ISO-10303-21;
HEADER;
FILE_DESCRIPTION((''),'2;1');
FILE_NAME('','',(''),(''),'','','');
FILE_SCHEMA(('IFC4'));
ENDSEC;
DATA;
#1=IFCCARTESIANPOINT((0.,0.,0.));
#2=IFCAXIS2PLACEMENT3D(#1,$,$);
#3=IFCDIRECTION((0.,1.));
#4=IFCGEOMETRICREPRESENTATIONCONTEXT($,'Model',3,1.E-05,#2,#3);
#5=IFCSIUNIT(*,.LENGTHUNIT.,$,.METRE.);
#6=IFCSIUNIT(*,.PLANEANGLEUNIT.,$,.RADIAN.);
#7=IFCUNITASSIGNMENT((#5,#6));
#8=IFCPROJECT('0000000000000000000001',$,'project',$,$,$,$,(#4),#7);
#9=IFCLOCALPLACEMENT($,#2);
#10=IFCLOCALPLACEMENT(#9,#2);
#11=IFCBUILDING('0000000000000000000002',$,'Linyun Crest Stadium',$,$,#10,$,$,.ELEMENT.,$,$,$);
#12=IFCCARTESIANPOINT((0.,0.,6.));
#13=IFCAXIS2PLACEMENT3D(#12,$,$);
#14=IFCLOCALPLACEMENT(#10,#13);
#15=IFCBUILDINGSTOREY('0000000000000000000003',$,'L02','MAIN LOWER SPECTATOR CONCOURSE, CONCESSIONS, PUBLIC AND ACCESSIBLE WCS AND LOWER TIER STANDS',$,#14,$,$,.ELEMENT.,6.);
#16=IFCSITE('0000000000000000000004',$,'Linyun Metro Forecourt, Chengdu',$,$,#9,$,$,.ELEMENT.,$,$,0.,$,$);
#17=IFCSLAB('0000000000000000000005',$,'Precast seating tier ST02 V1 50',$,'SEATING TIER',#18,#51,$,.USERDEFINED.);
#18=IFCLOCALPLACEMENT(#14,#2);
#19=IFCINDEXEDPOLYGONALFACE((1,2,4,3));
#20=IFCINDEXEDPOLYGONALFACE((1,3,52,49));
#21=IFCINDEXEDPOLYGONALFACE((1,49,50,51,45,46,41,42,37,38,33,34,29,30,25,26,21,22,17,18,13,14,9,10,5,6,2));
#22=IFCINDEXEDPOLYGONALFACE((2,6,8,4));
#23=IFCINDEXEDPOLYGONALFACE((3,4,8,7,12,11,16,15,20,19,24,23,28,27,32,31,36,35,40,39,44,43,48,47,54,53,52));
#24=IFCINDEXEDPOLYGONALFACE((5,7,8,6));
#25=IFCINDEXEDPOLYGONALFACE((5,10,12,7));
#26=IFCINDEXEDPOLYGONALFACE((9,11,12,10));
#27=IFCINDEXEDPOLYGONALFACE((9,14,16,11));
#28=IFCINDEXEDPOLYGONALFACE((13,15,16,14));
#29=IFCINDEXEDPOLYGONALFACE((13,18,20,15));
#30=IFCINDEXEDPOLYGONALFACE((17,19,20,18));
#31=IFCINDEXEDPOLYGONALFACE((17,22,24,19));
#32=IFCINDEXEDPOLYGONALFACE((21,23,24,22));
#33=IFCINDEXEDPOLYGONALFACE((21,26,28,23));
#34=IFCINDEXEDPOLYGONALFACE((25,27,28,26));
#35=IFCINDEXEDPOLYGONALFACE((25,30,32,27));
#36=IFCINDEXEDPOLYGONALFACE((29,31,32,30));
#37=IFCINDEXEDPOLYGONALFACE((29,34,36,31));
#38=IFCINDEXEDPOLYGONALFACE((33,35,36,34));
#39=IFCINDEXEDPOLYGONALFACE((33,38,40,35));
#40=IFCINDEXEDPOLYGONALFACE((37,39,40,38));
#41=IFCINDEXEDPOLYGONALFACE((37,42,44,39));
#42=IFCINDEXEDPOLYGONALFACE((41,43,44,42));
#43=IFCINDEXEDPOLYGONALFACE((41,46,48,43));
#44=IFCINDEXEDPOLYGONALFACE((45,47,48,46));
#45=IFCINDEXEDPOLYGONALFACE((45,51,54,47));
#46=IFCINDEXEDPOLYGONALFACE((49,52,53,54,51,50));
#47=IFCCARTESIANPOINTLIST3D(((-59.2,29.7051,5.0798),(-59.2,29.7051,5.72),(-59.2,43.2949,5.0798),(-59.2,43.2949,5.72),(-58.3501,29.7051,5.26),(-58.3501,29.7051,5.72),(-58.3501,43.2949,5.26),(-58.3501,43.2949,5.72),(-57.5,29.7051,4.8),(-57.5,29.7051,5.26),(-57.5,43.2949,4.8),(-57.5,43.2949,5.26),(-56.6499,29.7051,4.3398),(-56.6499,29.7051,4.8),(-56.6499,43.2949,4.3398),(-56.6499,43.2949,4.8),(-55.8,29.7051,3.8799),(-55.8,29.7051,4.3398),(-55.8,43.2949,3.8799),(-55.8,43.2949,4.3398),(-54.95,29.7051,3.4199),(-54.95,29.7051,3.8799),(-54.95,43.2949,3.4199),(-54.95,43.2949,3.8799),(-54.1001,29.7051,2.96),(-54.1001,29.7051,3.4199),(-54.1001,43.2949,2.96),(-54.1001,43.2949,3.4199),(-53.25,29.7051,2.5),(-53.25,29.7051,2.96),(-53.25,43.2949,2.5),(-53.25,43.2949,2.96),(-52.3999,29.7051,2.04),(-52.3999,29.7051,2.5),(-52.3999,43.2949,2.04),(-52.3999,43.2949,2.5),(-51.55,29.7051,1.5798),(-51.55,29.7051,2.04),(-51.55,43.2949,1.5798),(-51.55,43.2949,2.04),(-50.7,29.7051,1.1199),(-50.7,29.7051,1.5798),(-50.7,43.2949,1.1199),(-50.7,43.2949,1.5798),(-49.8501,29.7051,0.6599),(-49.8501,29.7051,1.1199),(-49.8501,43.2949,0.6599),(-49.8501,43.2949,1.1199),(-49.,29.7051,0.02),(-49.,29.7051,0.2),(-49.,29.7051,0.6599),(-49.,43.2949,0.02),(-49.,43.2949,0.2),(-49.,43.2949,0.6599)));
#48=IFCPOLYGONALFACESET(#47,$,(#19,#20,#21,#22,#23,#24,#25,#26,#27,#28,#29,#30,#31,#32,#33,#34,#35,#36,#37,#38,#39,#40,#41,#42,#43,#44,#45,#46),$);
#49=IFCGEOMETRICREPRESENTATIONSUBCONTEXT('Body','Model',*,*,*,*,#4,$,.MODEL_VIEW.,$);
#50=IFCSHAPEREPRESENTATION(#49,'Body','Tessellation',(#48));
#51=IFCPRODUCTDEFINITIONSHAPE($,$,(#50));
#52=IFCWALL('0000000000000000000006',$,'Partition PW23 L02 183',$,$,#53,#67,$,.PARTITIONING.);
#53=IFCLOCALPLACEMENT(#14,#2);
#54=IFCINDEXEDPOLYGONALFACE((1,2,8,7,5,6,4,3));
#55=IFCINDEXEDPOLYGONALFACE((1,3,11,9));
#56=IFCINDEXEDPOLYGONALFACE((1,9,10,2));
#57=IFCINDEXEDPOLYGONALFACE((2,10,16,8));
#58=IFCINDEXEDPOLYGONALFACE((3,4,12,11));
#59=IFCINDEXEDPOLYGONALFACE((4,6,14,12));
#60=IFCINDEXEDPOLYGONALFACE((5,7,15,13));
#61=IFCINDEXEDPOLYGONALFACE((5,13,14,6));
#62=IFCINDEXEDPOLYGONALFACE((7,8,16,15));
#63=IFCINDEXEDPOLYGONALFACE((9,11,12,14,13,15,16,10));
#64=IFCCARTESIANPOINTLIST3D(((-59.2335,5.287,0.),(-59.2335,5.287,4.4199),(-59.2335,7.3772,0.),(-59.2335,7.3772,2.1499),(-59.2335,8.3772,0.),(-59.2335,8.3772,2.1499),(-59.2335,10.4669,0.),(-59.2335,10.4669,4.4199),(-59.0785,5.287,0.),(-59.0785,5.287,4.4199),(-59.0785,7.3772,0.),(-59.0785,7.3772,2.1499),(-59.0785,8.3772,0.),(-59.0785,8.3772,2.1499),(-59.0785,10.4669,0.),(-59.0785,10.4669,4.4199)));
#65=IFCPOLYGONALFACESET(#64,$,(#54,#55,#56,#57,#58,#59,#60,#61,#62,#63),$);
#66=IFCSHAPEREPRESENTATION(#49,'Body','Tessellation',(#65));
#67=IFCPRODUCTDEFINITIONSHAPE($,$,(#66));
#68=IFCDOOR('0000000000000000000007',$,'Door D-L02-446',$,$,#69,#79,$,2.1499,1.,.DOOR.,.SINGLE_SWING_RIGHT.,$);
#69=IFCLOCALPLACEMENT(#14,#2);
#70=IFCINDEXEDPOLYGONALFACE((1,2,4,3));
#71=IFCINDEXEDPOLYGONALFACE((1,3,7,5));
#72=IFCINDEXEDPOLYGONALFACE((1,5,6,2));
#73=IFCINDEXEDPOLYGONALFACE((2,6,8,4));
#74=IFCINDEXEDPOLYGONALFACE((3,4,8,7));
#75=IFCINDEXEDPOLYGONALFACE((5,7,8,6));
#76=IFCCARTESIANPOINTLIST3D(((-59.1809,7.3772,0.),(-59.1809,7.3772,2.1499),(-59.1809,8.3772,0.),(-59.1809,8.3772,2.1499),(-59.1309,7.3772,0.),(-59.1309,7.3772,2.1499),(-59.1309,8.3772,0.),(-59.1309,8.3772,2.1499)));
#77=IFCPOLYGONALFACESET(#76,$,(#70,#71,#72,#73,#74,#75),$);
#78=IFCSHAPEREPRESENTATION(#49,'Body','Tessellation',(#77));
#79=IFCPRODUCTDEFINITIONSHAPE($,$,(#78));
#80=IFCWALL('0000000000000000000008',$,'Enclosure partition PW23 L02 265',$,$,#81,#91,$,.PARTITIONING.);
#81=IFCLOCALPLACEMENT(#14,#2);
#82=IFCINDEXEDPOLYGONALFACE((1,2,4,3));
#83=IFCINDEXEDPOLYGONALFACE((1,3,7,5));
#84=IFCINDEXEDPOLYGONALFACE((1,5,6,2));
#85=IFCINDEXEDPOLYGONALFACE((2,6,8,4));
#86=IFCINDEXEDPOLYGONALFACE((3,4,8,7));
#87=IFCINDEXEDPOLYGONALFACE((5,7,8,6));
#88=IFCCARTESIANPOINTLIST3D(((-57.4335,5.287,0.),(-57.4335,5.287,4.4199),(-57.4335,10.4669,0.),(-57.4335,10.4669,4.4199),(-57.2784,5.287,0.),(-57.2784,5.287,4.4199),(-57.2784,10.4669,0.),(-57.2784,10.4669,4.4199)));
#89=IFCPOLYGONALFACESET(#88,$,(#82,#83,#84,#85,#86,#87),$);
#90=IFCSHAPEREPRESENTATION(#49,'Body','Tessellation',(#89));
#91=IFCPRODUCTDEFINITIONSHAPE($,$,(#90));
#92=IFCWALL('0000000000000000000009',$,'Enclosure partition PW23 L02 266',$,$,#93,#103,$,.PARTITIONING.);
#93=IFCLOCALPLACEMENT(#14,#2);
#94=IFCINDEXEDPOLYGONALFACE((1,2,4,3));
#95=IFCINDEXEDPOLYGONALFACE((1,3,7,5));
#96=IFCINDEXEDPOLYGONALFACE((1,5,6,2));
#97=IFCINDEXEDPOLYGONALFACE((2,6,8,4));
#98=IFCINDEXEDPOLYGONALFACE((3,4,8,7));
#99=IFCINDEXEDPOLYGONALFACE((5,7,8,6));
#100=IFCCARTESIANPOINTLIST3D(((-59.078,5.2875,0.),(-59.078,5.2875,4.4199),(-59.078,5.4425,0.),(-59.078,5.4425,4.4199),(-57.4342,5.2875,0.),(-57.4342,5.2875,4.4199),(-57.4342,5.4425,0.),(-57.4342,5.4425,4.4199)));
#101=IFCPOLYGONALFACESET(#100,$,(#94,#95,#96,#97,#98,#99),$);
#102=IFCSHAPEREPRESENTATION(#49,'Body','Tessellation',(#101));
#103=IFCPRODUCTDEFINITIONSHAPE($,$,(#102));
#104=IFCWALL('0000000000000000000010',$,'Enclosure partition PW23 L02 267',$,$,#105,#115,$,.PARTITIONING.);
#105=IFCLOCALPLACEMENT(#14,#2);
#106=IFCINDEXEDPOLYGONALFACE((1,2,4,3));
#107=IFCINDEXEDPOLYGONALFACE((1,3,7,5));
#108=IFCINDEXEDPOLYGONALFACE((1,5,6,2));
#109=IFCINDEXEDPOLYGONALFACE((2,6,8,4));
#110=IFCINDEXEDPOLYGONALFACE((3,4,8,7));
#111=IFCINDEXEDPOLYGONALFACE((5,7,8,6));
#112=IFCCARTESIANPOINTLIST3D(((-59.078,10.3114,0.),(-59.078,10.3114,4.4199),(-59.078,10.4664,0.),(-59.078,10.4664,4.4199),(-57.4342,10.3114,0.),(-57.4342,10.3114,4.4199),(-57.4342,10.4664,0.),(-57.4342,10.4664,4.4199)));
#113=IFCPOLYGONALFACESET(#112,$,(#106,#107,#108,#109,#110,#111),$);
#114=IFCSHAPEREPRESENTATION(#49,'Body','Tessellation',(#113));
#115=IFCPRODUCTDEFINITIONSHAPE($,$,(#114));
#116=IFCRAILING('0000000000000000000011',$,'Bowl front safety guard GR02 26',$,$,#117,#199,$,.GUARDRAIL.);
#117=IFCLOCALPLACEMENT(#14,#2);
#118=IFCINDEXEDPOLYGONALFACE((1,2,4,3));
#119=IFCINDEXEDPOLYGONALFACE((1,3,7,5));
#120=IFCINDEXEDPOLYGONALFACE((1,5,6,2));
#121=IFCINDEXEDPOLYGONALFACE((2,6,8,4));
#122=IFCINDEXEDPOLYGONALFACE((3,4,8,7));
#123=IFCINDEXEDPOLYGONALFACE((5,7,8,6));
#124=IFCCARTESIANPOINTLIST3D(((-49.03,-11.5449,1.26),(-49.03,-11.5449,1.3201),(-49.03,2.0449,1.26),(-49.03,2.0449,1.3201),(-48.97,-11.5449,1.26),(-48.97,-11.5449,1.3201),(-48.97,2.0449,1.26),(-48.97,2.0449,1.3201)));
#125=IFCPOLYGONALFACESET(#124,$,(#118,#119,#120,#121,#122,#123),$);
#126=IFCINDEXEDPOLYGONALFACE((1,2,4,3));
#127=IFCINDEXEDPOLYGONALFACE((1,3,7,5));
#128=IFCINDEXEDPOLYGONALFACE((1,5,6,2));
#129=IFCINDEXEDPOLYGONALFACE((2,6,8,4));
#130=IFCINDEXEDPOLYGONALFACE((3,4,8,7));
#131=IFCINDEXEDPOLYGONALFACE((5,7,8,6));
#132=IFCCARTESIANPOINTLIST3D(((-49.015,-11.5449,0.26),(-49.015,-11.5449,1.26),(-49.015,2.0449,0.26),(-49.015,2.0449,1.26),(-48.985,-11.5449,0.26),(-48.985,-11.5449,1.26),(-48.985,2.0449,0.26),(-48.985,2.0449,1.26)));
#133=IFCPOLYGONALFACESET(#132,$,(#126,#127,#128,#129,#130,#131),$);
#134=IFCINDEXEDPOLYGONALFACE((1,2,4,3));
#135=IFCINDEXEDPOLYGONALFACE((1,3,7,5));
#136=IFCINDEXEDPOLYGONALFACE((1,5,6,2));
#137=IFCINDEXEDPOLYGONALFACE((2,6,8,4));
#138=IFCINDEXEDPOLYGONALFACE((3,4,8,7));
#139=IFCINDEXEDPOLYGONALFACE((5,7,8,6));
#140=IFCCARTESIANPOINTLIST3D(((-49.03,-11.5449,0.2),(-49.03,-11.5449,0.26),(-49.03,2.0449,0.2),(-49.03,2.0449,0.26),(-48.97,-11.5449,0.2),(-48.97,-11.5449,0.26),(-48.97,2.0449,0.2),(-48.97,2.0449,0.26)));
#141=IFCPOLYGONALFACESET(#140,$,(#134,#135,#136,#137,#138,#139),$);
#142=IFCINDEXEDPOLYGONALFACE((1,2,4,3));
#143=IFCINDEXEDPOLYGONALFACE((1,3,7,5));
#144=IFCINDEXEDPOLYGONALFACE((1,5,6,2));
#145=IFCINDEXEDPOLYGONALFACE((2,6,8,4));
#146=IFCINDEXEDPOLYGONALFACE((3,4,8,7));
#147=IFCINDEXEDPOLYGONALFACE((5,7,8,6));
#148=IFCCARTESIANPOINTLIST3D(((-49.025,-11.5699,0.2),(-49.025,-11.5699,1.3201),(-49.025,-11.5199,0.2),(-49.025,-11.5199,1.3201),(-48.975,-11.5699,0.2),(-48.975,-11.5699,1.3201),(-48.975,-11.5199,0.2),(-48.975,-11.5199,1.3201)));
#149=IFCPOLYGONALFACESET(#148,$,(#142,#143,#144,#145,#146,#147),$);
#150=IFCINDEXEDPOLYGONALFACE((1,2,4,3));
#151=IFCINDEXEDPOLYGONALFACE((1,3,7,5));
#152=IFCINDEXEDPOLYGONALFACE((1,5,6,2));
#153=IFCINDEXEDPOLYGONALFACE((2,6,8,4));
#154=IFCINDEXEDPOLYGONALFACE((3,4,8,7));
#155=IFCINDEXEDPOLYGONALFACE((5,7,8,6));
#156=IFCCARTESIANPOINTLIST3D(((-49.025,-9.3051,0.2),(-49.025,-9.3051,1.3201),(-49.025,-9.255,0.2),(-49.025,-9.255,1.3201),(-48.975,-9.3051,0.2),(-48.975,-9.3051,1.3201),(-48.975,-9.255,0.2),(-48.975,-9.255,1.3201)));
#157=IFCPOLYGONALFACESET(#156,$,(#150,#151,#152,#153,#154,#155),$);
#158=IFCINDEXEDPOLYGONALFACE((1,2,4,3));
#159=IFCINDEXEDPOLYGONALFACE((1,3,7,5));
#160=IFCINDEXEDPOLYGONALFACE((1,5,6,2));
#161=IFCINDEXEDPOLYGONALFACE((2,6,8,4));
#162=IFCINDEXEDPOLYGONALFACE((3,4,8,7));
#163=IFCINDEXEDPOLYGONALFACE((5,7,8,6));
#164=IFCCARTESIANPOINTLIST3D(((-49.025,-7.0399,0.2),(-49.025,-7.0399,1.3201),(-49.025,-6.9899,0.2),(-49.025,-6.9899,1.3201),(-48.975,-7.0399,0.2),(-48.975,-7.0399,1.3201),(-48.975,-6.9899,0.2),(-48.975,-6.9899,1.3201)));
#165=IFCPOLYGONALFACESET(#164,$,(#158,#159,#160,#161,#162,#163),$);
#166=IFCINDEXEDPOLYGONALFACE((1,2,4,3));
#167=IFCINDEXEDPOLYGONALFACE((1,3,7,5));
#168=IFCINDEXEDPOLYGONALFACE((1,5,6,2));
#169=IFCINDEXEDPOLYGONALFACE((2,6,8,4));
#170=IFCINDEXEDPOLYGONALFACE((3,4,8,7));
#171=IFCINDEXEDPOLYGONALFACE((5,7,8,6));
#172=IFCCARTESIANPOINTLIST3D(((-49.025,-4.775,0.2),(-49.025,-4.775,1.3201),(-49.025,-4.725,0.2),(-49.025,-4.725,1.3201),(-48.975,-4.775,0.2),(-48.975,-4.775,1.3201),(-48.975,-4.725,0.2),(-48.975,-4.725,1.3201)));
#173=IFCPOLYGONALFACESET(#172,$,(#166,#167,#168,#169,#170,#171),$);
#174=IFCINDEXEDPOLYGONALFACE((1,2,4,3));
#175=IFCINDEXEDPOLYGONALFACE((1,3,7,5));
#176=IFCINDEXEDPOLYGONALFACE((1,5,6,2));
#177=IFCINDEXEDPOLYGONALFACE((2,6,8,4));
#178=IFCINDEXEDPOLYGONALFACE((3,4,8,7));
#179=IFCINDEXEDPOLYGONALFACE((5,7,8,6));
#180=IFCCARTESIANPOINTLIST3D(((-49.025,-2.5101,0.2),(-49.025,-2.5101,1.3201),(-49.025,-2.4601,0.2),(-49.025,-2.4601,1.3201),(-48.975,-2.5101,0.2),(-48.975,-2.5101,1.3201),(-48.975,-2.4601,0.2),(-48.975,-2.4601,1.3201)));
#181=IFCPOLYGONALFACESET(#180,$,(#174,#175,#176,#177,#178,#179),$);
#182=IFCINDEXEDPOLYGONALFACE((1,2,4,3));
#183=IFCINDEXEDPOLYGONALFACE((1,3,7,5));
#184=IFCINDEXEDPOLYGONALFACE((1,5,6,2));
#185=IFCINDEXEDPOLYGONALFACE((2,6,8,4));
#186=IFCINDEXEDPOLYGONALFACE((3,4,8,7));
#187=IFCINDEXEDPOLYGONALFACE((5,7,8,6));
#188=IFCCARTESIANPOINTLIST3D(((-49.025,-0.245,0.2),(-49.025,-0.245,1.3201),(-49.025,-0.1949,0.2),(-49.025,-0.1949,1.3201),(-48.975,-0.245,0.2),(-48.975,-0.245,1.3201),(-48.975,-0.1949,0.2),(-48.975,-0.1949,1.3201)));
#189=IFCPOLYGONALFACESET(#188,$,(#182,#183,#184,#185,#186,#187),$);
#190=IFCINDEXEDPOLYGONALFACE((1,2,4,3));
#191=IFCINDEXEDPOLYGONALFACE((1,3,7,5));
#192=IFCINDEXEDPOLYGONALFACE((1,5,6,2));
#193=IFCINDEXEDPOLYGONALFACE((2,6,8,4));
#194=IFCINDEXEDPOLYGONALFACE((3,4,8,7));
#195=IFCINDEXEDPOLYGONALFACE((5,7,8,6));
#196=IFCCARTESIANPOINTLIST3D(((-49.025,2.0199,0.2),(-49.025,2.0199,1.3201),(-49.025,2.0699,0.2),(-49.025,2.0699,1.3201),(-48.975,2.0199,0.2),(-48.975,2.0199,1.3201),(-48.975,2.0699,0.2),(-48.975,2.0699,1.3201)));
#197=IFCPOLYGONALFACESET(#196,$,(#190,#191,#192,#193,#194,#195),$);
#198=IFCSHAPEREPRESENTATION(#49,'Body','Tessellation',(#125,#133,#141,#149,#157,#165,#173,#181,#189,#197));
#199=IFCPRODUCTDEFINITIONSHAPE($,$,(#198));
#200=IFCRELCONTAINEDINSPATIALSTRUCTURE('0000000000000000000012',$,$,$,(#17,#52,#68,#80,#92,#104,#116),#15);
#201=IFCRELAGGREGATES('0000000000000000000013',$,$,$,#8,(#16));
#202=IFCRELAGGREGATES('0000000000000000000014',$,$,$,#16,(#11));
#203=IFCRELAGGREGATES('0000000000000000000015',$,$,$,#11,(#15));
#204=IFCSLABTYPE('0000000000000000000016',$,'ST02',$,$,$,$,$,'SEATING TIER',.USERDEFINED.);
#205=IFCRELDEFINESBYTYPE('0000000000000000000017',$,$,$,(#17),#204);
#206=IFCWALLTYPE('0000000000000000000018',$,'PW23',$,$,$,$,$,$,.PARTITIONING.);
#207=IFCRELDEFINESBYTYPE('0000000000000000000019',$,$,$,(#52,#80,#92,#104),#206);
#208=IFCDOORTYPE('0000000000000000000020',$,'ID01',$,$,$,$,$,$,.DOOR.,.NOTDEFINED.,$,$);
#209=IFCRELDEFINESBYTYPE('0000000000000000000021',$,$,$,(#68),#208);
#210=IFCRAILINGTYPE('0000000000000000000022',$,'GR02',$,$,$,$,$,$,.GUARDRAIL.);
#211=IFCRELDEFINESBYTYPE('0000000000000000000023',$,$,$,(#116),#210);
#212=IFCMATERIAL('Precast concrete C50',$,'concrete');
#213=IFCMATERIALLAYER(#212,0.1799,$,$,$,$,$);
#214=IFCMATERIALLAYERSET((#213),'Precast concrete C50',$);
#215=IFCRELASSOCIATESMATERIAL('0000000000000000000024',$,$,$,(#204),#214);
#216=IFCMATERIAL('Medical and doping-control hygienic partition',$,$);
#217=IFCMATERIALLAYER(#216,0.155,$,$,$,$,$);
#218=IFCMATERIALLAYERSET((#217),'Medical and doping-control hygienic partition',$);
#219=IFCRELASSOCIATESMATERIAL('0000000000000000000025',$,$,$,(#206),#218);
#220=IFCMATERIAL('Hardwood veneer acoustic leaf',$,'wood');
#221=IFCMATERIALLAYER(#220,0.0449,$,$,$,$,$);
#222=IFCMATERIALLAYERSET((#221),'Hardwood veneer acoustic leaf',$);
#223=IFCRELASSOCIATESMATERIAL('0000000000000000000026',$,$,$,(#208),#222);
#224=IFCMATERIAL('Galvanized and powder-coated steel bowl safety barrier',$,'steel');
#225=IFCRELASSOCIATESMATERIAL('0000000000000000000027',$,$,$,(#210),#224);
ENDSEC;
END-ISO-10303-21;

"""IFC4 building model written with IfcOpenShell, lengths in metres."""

from ifc_helpers import new_model, si_unit, direction, frame, frame_2d, origin, origin_2d, place, context, subcontext, project, spatial, polyline, rectangle, outline, extrude, material, layer, layer_set, type_object, element, fill, save


model = new_model("IFC4")

# Units and contexts
model_context = context("Model", 3, precision=1e-05, world=origin(), true_north=direction((0.0, 1.0)))
body_context = subcontext(model_context, "Body", "Model", "MODEL_VIEW")
ifc_project = project(units=[si_unit("LENGTHUNIT", "METRE"), si_unit("PLANEANGLEUNIT", "RADIAN")], contexts=[model_context])

# Site, building, storey
site_placement = place(None, origin())
site = spatial("IfcSite", under=ifc_project, at=site_placement, Name="Linyun Metro Forecourt, Chengdu", CompositionType="ELEMENT", RefElevation=0.0)
building_placement = place(site_placement, origin())
building = spatial("IfcBuilding", under=site, at=building_placement, Name="Linyun Crest Stadium", CompositionType="ELEMENT")
storey_placement = place(building_placement, frame((0.0, 0.0, 6.0)))
storey = spatial("IfcBuildingStorey", under=building, at=storey_placement, Name="L02", Description="MAIN LOWER SPECTATOR CONCOURSE, CONCESSIONS, PUBLIC AND ACCESSIBLE WCS AND LOWER TIER STANDS", CompositionType="ELEMENT", Elevation=6.0)

# Slab
ifc_material_1 = material(Name="Precast concrete C50", Category="concrete")
ifc_layer_1 = layer(ifc_material_1, 0.1799)
ifc_layer_set_1 = layer_set([ifc_layer_1], Name="Precast concrete C50")
slab_type = type_object("IfcSlabType", Name="ST02", ElementType="SEATING TIER", PredefinedType="USERDEFINED", material=ifc_layer_set_1)
for number, where, z_axis, x_axis, name in (
    (1, (-49.0, 29.7051, 0.2), (0.0, 0.0, 1.0), (-1.0, 0.0, 0.0), "Precast seating tier ST02 V1 50"),
):
    element("IfcSlab", number, at=place(storey_placement, frame(where, z_axis=z_axis, x_axis=x_axis)), inside=storey, type_object=slab_type, Name=name, ObjectType="SEATING TIER", PredefinedType="USERDEFINED", context=body_context, shape_type="SweptSolid", body=[
        extrude(outline(polyline([(0.0, 0.0), (0.0, 0.46), (0.8501, 0.46), (0.8501, 0.9199), (1.7, 0.9199), (1.7, 1.3799), (2.55, 1.3799), (2.55, 1.8401), (3.3999, 1.8401), (3.3999, 2.3), (4.25, 2.3), (4.25, 2.76), (5.1001, 2.76), (5.1001, 3.22), (5.95, 3.22), (5.95, 3.6799), (6.8, 3.6799), (6.8, 4.1399), (7.6499, 4.1399), (7.6499, 4.6001), (8.5, 4.6001), (8.5, 5.0601), (9.3501, 5.0601), (9.3501, 5.52), (10.2, 5.52), (10.2, 4.8799), (0.0, -0.1799), (0.0, 0.0)])), frame((0.0, 0.0, 0.0), z_axis=(0.0, -1.0, 0.0), x_axis=(1.0, 0.0, 0.0)), (0.0, 0.0, 1.0), 13.5898),
    ])

# Wall, opening, door
ifc_material_2 = material(Name="Medical and doping-control hygienic partition")
ifc_layer_2 = layer(ifc_material_2, 0.155)
ifc_layer_set_2 = layer_set([ifc_layer_2], Name="Medical and doping-control hygienic partition")
wall_type = type_object("IfcWallType", Name="PW23", PredefinedType="PARTITIONING", material=ifc_layer_set_2)
wall_1_placement = place(storey_placement, frame((-59.156, 5.2871, 0.0), z_axis=(0.0, 0.0, 1.0), x_axis=(0.0, 1.0, 0.0)))
wall_1 = element("IfcWall", 2, at=wall_1_placement, inside=storey, type_object=wall_type, Name="Partition PW23 L02 183", PredefinedType="PARTITIONING", context=body_context, shape_type="SweptSolid", body=[
    extrude(rectangle(XDim=5.1799, YDim=0.155, at=frame_2d((2.5898, 0.0))), origin(), (0.0, 0.0, 1.0), 4.4199),
])
opening_placement = place(wall_1_placement, frame((2.0901, 0.0, 0.0)))
opening = element("IfcOpeningElement", 3, at=opening_placement, cuts=wall_1, PredefinedType="OPENING", context=body_context, shape_type="SweptSolid", body=[
    extrude(rectangle(XDim=1.0, YDim=2.1499, at=frame_2d((0.5, 1.075))), frame((0.0, 0.0874, 0.0), z_axis=(0.0, -1.0, 0.0), x_axis=(1.0, 0.0, 0.0)), (0.0, 0.0, 1.0), 0.175),
])
ifc_material_3 = material(Name="Hardwood veneer acoustic leaf", Category="wood")
ifc_layer_3 = layer(ifc_material_3, 0.0449)
ifc_layer_set_3 = layer_set([ifc_layer_3], Name="Hardwood veneer acoustic leaf")
door_type = type_object("IfcDoorType", Name="ID01", OperationType="NOTDEFINED", PredefinedType="DOOR", material=ifc_layer_set_3)
door_placement = place(opening_placement, origin())
door = element("IfcDoor", 4, at=door_placement, inside=storey, type_object=door_type, Name="Door D-L02-446", OperationType="SINGLE_SWING_RIGHT", OverallHeight=2.1499, OverallWidth=1.0, PredefinedType="DOOR", context=body_context, shape_type="SweptSolid", body=[
    extrude(rectangle(XDim=1.0, YDim=2.1499, at=frame_2d((0.5, 1.075))), frame((0.0, 0.0249, 0.0), z_axis=(0.0, -1.0, 0.0), x_axis=(1.0, 0.0, 0.0)), (0.0, 0.0, 1.0), 0.05),
])
fill(opening, door)

# Walls
wall_2_placement = place(storey_placement, frame((-57.356, 5.2871, 0.0), z_axis=(0.0, 0.0, 1.0), x_axis=(0.0, 1.0, 0.0)))
element("IfcWall", 5, at=wall_2_placement, inside=storey, type_object=wall_type, Name="Enclosure partition PW23 L02 265", PredefinedType="PARTITIONING", context=body_context, shape_type="SweptSolid", body=[
    extrude(rectangle(XDim=5.1799, YDim=0.155, at=frame_2d((2.5898, 0.0))), origin(), (0.0, 0.0, 1.0), 4.4199),
])
for number, where, z_axis, x_axis, name in (
    (6, (-59.0779, 5.365, 0.0), (0.0, 0.0, 1.0), (1.0, 0.0, 0.0), "Enclosure partition PW23 L02 266"),
    (7, (-59.0779, 10.3889, 0.0), (0.0, 0.0, 1.0), (1.0, 0.0, 0.0), "Enclosure partition PW23 L02 267"),
):
    element("IfcWall", number, at=place(storey_placement, frame(where, z_axis=z_axis, x_axis=x_axis)), inside=storey, type_object=wall_type, Name=name, PredefinedType="PARTITIONING", context=body_context, shape_type="SweptSolid", body=[
        extrude(rectangle(XDim=1.6438, YDim=0.155, at=frame_2d((0.8218, 0.0))), origin(), (0.0, 0.0, 1.0), 4.4199),
    ])

# Railing
ifc_material_4 = material(Name="Galvanized and powder-coated steel bowl safety barrier", Category="steel")
railing_type = type_object("IfcRailingType", Name="GR02", PredefinedType="GUARDRAIL", material=ifc_material_4)
for number, where, name in (
    (8, (-49.0, -11.5449, 0.2), "Bowl front safety guard GR02 26"),
):
    element("IfcRailing", number, at=place(storey_placement, frame(where)), inside=storey, type_object=railing_type, Name=name, PredefinedType="GUARDRAIL", context=body_context, shape_type="SweptSolid", body=[
        extrude(rectangle(XDim=0.0601, YDim=0.0601, at=origin_2d()), frame((0.0, 0.0, 1.0901), z_axis=(0.0, 1.0, 0.0), x_axis=(-1.0, 0.0, 0.0)), (0.0, 0.0, 1.0), 13.5898),
        extrude(rectangle(XDim=0.03, YDim=1.0, at=origin_2d()), frame((0.0, 0.0, 0.5601), z_axis=(0.0, 1.0, 0.0), x_axis=(-1.0, 0.0, 0.0)), (0.0, 0.0, 1.0), 13.5898),
        extrude(rectangle(XDim=0.0601, YDim=0.0601, at=origin_2d()), frame((0.0, 0.0, 0.03), z_axis=(0.0, 1.0, 0.0), x_axis=(-1.0, 0.0, 0.0)), (0.0, 0.0, 1.0), 13.5898),
        extrude(rectangle(XDim=0.05, YDim=0.05, at=origin_2d()), origin(), (0.0, 0.0, 1.0), 1.1201),
        extrude(rectangle(XDim=0.05, YDim=0.05, at=origin_2d()), frame((0.0, 2.2649, 0.0)), (0.0, 0.0, 1.0), 1.1201),
        extrude(rectangle(XDim=0.05, YDim=0.05, at=origin_2d()), frame((0.0, 4.53, 0.0)), (0.0, 0.0, 1.0), 1.1201),
        extrude(rectangle(XDim=0.05, YDim=0.05, at=origin_2d()), frame((0.0, 6.7949, 0.0)), (0.0, 0.0, 1.0), 1.1201),
        extrude(rectangle(XDim=0.05, YDim=0.05, at=origin_2d()), frame((0.0, 9.0598, 0.0)), (0.0, 0.0, 1.0), 1.1201),
        extrude(rectangle(XDim=0.05, YDim=0.05, at=origin_2d()), frame((0.0, 11.325, 0.0)), (0.0, 0.0, 1.0), 1.1201),
        extrude(rectangle(XDim=0.05, YDim=0.05, at=origin_2d()), frame((0.0, 13.5898, 0.0)), (0.0, 0.0, 1.0), 1.1201),
    ])

save(model, "model.ifc")
